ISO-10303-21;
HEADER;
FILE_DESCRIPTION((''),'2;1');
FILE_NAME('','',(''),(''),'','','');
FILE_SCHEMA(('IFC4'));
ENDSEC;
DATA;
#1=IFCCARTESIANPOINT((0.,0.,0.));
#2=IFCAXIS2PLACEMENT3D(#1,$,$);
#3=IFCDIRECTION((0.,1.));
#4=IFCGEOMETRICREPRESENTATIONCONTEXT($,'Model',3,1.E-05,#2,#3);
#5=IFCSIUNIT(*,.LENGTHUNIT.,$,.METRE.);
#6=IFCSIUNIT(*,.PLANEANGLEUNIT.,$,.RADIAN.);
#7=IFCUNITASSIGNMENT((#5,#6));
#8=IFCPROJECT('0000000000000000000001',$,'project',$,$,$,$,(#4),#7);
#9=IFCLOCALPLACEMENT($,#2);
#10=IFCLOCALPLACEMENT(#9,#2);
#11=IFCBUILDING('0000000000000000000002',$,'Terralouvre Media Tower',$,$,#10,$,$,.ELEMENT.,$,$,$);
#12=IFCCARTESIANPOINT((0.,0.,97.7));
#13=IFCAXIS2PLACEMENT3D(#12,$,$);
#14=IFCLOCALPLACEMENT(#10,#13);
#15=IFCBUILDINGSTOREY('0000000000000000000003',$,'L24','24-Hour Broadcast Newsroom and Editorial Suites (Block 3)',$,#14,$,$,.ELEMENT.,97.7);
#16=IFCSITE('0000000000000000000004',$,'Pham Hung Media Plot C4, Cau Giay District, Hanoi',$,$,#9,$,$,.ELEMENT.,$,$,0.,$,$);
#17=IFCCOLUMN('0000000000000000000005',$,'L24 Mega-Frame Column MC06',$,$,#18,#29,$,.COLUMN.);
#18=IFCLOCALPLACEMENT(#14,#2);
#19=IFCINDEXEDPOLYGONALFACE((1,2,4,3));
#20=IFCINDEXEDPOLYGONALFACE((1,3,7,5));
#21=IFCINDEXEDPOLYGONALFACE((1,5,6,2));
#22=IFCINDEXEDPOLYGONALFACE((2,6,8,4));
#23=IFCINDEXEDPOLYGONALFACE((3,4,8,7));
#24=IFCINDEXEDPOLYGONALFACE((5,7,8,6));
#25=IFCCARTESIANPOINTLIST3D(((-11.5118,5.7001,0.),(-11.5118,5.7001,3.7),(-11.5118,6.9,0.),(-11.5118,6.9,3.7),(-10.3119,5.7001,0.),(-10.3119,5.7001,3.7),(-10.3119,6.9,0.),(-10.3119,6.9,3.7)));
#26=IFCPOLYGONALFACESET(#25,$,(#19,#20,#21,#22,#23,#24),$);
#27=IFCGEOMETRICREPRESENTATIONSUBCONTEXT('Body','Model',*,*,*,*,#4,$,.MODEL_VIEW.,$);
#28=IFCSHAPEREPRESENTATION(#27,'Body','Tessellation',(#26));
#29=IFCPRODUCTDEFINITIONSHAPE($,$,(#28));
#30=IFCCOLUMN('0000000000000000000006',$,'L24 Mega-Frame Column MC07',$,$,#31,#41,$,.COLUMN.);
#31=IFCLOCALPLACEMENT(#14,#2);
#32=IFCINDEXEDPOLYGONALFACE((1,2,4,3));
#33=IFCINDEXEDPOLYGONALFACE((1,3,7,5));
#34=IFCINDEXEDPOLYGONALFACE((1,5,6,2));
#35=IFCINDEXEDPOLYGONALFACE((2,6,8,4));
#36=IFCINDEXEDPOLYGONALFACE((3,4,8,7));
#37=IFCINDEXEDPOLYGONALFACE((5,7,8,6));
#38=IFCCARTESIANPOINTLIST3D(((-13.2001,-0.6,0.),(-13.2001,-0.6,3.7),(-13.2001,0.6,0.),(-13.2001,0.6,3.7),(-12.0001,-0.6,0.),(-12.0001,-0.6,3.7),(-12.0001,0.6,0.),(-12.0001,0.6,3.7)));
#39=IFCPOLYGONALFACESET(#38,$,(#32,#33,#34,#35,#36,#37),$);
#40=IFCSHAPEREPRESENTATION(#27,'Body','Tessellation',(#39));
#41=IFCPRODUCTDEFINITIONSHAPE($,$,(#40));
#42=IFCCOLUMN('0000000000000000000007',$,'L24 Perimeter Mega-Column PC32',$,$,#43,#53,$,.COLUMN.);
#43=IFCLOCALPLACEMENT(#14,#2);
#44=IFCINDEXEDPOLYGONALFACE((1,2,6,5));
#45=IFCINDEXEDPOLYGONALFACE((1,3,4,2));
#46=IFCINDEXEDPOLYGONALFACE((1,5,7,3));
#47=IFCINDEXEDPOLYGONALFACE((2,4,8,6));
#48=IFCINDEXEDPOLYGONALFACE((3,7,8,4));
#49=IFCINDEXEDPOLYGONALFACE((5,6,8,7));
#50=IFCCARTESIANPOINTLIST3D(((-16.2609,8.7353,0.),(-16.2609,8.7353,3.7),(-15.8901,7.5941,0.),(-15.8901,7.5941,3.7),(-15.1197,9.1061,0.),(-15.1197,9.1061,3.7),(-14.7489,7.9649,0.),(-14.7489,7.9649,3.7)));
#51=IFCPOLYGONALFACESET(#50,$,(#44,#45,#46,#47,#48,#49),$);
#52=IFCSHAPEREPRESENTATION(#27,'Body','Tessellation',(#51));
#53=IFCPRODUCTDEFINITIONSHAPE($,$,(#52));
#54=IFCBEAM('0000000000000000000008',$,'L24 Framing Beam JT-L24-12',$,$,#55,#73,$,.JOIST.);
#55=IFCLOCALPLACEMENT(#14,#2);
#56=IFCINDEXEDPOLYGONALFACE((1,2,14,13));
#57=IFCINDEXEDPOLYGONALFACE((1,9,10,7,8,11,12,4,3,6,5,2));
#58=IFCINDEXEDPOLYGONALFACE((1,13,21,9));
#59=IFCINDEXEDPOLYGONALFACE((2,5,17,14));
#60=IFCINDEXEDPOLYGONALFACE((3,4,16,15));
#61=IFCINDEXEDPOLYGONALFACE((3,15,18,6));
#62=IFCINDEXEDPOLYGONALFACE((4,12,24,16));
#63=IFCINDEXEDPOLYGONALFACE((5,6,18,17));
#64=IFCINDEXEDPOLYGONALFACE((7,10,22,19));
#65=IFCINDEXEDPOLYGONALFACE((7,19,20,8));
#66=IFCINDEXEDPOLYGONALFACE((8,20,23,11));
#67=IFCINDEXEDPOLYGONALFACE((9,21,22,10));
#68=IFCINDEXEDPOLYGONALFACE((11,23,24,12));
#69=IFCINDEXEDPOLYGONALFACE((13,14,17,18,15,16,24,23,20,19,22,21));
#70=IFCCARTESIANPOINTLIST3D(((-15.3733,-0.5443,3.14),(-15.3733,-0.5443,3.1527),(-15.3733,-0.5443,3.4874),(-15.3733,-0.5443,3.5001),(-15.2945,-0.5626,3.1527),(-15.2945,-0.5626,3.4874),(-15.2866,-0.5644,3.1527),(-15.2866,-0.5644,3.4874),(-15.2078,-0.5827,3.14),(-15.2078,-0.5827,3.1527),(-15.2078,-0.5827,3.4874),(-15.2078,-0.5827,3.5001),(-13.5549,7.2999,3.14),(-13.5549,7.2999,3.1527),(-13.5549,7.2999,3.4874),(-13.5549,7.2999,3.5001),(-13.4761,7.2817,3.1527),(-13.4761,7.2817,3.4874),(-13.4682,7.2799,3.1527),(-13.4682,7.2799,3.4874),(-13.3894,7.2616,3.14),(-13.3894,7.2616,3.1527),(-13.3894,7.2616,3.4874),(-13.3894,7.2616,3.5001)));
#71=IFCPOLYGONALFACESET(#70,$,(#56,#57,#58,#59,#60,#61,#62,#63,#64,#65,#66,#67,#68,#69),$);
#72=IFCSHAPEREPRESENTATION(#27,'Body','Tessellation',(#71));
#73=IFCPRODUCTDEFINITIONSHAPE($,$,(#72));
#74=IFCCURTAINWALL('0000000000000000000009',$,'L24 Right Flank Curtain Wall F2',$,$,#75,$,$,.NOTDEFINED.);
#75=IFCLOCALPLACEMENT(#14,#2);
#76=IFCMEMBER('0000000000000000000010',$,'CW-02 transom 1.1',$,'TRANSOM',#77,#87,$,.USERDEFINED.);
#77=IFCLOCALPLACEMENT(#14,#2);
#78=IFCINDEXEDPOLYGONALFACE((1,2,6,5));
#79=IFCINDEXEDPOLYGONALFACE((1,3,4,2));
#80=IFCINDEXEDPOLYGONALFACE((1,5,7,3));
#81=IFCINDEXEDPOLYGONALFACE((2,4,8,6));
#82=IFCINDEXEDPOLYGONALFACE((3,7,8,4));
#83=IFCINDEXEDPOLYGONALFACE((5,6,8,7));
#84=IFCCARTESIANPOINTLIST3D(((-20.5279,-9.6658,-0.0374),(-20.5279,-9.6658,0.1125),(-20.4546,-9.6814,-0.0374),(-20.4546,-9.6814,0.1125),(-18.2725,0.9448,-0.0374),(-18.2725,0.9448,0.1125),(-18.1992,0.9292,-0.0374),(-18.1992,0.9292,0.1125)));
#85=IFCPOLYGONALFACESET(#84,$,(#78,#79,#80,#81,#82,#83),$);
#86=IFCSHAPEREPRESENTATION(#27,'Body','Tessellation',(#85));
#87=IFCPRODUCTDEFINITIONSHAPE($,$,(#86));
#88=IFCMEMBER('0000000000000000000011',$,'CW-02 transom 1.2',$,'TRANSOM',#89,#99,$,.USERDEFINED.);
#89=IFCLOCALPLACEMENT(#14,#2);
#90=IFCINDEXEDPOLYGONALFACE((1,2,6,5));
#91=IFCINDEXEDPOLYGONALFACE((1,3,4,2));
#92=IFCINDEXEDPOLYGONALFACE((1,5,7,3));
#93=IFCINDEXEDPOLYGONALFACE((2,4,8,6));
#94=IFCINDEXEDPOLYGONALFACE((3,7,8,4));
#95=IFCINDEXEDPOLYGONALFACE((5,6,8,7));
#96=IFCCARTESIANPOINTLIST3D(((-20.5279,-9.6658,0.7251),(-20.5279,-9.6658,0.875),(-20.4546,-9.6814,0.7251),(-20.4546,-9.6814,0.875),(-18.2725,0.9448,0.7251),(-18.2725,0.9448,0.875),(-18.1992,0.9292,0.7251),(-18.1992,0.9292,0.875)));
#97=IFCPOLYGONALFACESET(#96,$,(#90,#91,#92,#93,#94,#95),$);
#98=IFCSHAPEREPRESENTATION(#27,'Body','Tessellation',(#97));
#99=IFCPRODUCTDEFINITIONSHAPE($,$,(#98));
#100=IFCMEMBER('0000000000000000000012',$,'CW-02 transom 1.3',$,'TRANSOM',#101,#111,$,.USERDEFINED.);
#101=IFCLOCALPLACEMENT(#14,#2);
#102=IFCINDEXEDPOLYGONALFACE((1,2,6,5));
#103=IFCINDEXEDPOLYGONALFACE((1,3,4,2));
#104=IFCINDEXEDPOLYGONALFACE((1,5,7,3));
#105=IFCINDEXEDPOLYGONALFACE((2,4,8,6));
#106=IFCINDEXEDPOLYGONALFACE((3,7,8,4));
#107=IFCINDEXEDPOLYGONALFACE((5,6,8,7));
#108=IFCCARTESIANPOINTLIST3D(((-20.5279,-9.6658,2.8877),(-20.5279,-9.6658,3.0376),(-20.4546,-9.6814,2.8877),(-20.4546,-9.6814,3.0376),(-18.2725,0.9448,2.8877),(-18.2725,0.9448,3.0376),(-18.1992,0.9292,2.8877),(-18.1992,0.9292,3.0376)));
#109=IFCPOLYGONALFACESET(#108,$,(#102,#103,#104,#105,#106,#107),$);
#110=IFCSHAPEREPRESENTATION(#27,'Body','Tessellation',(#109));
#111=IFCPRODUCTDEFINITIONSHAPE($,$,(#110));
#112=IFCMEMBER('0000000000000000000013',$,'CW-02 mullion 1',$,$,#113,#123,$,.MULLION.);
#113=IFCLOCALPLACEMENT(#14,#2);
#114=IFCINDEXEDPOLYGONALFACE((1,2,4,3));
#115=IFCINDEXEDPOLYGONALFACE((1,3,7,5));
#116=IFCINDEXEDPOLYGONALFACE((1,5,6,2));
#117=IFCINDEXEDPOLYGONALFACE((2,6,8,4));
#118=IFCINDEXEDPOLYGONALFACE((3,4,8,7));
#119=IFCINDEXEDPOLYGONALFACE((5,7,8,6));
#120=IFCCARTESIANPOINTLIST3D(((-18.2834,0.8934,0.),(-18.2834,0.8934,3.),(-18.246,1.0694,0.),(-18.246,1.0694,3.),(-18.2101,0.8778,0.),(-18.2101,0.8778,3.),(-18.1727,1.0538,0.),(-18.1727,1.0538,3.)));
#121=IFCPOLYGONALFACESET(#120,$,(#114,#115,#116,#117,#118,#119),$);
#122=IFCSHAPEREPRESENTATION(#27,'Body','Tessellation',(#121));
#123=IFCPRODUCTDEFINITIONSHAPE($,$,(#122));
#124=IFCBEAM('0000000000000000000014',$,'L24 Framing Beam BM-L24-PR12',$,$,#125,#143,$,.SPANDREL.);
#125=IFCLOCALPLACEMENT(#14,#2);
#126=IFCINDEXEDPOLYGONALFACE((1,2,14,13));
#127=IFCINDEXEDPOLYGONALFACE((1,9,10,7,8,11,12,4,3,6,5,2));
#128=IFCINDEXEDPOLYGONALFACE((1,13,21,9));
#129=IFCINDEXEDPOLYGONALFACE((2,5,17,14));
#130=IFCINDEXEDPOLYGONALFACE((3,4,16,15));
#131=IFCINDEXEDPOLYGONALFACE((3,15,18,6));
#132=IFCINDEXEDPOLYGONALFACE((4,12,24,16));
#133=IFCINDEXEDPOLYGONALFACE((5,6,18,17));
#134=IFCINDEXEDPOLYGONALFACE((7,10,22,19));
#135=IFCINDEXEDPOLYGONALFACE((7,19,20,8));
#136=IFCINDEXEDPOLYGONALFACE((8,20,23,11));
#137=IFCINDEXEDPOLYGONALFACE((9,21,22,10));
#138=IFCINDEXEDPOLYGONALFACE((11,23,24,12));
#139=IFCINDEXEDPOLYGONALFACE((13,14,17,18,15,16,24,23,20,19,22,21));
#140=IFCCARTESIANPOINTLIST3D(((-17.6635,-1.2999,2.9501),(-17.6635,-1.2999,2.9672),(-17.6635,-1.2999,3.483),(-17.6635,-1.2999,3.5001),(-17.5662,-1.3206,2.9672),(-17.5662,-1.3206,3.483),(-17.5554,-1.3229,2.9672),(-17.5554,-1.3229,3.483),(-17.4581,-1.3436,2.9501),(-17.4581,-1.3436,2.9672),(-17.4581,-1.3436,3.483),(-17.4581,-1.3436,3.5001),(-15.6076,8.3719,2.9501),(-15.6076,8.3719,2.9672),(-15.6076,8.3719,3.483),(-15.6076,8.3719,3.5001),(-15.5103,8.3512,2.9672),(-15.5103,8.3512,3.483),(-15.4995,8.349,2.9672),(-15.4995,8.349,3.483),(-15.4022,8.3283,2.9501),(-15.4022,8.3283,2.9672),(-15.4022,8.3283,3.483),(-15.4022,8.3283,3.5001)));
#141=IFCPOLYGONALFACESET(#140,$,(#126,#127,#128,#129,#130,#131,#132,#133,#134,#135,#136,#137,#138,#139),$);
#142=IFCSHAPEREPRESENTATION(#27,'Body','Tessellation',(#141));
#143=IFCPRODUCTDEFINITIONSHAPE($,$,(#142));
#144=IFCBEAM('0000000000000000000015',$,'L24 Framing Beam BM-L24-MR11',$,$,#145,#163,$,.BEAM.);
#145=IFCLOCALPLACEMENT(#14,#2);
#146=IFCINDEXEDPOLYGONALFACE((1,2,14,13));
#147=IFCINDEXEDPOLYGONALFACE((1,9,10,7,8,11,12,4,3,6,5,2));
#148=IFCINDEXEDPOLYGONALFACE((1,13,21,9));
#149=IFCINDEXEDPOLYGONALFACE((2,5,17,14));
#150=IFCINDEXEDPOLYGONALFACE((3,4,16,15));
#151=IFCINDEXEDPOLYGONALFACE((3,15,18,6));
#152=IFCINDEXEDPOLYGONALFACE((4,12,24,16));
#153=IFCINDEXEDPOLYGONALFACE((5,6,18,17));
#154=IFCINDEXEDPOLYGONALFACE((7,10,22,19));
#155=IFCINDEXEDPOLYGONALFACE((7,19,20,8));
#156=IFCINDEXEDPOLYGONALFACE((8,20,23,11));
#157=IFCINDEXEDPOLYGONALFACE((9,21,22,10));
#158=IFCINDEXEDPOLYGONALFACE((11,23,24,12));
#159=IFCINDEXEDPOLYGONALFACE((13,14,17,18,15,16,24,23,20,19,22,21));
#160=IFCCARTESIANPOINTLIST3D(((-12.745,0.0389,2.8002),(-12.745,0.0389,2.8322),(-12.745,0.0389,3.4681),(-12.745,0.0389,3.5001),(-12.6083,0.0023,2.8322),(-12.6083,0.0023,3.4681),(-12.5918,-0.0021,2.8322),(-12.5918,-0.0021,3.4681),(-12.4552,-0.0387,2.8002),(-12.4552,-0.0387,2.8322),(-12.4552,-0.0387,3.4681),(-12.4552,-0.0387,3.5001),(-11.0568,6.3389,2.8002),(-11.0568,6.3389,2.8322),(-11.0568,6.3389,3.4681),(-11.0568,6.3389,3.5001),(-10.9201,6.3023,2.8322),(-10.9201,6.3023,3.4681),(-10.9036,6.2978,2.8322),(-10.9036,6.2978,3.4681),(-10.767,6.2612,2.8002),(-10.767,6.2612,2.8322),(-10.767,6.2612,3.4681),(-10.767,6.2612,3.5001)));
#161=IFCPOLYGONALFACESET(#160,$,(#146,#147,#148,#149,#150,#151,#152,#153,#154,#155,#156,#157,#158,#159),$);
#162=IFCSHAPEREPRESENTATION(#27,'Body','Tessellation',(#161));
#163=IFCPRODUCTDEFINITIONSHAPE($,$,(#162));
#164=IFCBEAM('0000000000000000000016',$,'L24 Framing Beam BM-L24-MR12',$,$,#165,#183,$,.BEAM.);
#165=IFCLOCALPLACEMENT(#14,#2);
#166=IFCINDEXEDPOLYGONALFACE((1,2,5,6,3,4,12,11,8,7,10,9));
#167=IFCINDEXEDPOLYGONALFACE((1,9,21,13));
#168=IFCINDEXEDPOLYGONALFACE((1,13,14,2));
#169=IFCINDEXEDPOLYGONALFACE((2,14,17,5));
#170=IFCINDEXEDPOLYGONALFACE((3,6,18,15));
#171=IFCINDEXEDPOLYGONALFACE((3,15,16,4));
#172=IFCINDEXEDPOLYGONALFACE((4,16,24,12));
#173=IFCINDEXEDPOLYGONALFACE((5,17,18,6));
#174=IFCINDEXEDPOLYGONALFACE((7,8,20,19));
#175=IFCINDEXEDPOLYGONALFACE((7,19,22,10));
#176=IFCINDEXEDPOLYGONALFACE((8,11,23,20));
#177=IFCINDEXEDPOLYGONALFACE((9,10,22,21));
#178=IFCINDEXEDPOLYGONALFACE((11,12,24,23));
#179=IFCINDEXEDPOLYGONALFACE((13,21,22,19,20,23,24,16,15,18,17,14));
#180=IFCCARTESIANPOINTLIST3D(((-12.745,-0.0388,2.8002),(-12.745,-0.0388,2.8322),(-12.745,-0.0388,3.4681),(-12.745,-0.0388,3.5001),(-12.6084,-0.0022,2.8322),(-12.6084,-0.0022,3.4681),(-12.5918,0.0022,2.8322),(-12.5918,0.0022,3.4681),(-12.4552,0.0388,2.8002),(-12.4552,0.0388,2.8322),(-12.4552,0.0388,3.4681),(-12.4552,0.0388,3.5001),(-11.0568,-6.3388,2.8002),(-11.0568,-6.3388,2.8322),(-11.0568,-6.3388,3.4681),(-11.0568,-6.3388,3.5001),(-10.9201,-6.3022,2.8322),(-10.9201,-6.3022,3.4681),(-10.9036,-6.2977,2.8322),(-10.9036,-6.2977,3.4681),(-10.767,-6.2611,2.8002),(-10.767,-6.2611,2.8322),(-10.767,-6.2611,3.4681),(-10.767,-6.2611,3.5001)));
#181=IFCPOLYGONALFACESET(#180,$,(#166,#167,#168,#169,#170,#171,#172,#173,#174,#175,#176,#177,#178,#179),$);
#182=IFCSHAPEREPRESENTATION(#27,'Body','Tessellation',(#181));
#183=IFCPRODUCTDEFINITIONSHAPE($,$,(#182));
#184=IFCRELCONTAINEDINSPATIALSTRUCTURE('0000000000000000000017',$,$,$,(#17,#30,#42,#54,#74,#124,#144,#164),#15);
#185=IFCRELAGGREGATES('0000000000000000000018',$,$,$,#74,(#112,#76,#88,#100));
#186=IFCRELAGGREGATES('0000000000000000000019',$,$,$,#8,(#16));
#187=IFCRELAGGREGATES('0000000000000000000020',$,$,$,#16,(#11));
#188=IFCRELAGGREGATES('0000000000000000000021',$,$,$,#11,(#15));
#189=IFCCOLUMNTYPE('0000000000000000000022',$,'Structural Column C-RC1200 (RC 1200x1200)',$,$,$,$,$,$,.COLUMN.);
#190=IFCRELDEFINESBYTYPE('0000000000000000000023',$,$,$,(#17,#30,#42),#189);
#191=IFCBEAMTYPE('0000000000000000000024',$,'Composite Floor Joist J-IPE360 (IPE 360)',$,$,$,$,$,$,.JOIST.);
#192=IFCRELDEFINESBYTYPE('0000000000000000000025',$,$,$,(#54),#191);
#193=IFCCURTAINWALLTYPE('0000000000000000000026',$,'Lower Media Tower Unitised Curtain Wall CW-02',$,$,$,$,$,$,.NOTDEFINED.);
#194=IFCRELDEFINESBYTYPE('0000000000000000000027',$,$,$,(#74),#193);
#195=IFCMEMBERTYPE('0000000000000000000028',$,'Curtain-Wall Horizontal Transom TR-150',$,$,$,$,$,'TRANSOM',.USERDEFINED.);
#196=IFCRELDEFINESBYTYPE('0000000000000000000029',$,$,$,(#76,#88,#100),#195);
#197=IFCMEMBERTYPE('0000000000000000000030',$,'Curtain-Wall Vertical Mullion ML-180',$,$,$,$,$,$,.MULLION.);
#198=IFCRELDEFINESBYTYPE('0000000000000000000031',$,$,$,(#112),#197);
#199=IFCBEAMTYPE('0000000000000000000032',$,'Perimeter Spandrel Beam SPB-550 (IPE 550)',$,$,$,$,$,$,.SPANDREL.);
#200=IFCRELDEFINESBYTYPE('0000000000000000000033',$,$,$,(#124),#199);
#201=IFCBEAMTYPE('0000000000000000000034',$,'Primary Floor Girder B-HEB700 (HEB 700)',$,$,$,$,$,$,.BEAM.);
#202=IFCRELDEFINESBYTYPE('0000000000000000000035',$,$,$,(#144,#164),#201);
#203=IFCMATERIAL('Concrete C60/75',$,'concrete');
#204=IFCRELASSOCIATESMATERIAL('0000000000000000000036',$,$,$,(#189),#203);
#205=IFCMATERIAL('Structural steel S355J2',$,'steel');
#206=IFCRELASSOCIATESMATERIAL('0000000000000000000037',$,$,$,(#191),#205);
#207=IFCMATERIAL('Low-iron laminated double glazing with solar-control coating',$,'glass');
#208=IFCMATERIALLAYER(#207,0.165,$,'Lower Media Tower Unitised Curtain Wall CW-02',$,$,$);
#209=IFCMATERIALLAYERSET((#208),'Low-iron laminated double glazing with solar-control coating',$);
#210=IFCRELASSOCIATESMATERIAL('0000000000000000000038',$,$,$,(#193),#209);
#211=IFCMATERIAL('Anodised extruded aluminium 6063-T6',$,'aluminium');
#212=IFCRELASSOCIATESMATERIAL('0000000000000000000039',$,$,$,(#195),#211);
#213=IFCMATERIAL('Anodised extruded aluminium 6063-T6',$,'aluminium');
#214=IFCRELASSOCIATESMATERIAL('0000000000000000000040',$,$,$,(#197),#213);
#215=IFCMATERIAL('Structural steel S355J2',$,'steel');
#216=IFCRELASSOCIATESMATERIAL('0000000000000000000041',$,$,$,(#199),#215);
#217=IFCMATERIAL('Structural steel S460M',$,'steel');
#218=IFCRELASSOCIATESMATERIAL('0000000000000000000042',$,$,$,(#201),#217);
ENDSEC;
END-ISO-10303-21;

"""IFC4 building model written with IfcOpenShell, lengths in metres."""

from ifc_helpers import new_model, si_unit, direction, frame, origin, origin_2d, place, context, subcontext, project, spatial, rectangle, i_section, extrude, material, layer, layer_set, material_profile, profile_set, type_object, element, aggregate, save


model = new_model("IFC4")

# Units and contexts
model_context = context("Model", 3, precision=1e-05, world=origin(), true_north=direction((0.0, 1.0)))
body_context = subcontext(model_context, "Body", "Model", "MODEL_VIEW")
ifc_project = project(units=[si_unit("LENGTHUNIT", "METRE"), si_unit("PLANEANGLEUNIT", "RADIAN")], contexts=[model_context])

# Site, building, storey
site_placement = place(None, origin())
site = spatial("IfcSite", under=ifc_project, at=site_placement, Name="Pham Hung Media Plot C4, Cau Giay District, Hanoi", CompositionType="ELEMENT", RefElevation=0.0)
building_placement = place(site_placement, origin())
building = spatial("IfcBuilding", under=site, at=building_placement, Name="Terralouvre Media Tower", CompositionType="ELEMENT")
storey_placement = place(building_placement, frame((0.0, 0.0, 97.7)))
storey = spatial("IfcBuildingStorey", under=building, at=storey_placement, Name="L24", Description="24-Hour Broadcast Newsroom and Editorial Suites (Block 3)", CompositionType="ELEMENT", Elevation=97.7)

# Columns
ifc_material_1 = material(Name="Concrete C60/75", Category="concrete")
ifc_material_profile_1 = material_profile(ifc_material_1, rectangle(XDim=1.2, YDim=1.2, at=origin_2d()), Name="RC 1200x1200")
ifc_profile_set_1 = profile_set([ifc_material_profile_1], Name="Concrete C60/75")
column_type = type_object("IfcColumnType", Name="Structural Column C-RC1200 (RC 1200x1200)", PredefinedType="COLUMN", material=ifc_profile_set_1)
for number, where, z_axis, x_axis, name in (
    (1, (-10.9119, 6.3, 0.0), (0.0, 0.0, 1.0), (1.0, 0.0, 0.0), "L24 Mega-Frame Column MC06"),
    (2, (-12.6001, 0.0, 0.0), (0.0, 0.0, 1.0), (1.0, 0.0, 0.0), "L24 Mega-Frame Column MC07"),
    (3, (-15.5049, 8.3501, 0.0), (0.0, 0.0, 1.0), (0.951057, 0.309017, 0.0), "L24 Perimeter Mega-Column PC32"),
):
    element("IfcColumn", number, at=place(storey_placement, frame(where, z_axis=z_axis, x_axis=x_axis)), inside=storey, type_object=column_type, Name=name, PredefinedType="COLUMN", context=body_context, shape_type="SweptSolid", body=[
        extrude(rectangle(XDim=1.2, YDim=1.2, at=origin_2d()), origin(), (0.0, 0.0, 1.0), 3.7),
    ])

# Beam
ifc_material_2 = material(Name="Structural steel S355J2", Category="steel")
ifc_material_profile_2 = material_profile(ifc_material_2, i_section(OverallWidth=0.1699, OverallDepth=0.3601, WebThickness=0.0081, FlangeThickness=0.0127, at=origin_2d()), Name="IPE 360")
ifc_profile_set_2 = profile_set([ifc_material_profile_2], Name="Structural steel S355J2")
beam_type_1 = type_object("IfcBeamType", Name="Composite Floor Joist J-IPE360 (IPE 360)", PredefinedType="JOIST", material=ifc_profile_set_2)
beam_1_placement = place(storey_placement, frame((-13.4722, 7.2808, 3.3201), z_axis=(-0.22582, -0.974169, 0.0), x_axis=(0.974169, -0.22582, 0.0)))
element("IfcBeam", 4, at=beam_1_placement, inside=storey, type_object=beam_type_1, Name="L24 Framing Beam JT-L24-12", PredefinedType="JOIST", context=body_context, shape_type="SweptSolid", body=[
    extrude(i_section(OverallWidth=0.1699, OverallDepth=0.3601, WebThickness=0.0081, FlangeThickness=0.0127, at=origin_2d()), origin(), (0.0, 0.0, 1.0), 8.0522),
])

# Curtain wall, members
ifc_material_3 = material(Name="Low-iron laminated double glazing with solar-control coating", Category="glass")
ifc_layer_1 = layer(ifc_material_3, 0.165, Name="Lower Media Tower Unitised Curtain Wall CW-02")
ifc_layer_set_1 = layer_set([ifc_layer_1], Name="Low-iron laminated double glazing with solar-control coating")
curtain_wall_type = type_object("IfcCurtainWallType", Name="Lower Media Tower Unitised Curtain Wall CW-02", PredefinedType="NOTDEFINED", material=ifc_layer_set_1)
curtain_wall_placement = place(storey_placement, origin())
curtain_wall = element("IfcCurtainWall", 5, at=curtain_wall_placement, inside=storey, type_object=curtain_wall_type, Name="L24 Right Flank Curtain Wall F2", PredefinedType="NOTDEFINED")
ifc_material_4 = material(Name="Anodised extruded aluminium 6063-T6", Category="aluminium")
ifc_material_profile_3 = material_profile(ifc_material_4, rectangle(XDim=0.075, YDim=0.1499, at=origin_2d()), Name="ALU 75x150")
ifc_profile_set_3 = profile_set([ifc_material_profile_3], Name="Anodised extruded aluminium 6063-T6")
member_type_1 = type_object("IfcMemberType", Name="Curtain-Wall Horizontal Transom TR-150", ElementType="TRANSOM", PredefinedType="USERDEFINED", material=ifc_profile_set_3)
member_1_placement = place(storey_placement, frame((-18.2358, 0.937, 0.0376), z_axis=(-0.207913, -0.978147, 0.0), x_axis=(0.978147, -0.207913, 0.0)))
member_1 = element("IfcMember", 6, at=member_1_placement, type_object=member_type_1, Name="CW-02 transom 1.1", ObjectType="TRANSOM", PredefinedType="USERDEFINED", context=body_context, shape_type="SweptSolid", body=[
    extrude(rectangle(XDim=0.075, YDim=0.1499, at=origin_2d()), origin(), (0.0, 0.0, 1.0), 10.8477),
])
member_2_placement = place(storey_placement, frame((-18.2358, 0.937, 0.8), z_axis=(-0.207913, -0.978147, 0.0), x_axis=(0.978147, -0.207913, 0.0)))
member_2 = element("IfcMember", 7, at=member_2_placement, type_object=member_type_1, Name="CW-02 transom 1.2", ObjectType="TRANSOM", PredefinedType="USERDEFINED", context=body_context, shape_type="SweptSolid", body=[
    extrude(rectangle(XDim=0.075, YDim=0.1499, at=origin_2d()), origin(), (0.0, 0.0, 1.0), 10.8477),
])
member_3_placement = place(storey_placement, frame((-18.2358, 0.937, 2.9626), z_axis=(-0.207913, -0.978147, 0.0), x_axis=(0.978147, -0.207913, 0.0)))
member_3 = element("IfcMember", 8, at=member_3_placement, type_object=member_type_1, Name="CW-02 transom 1.3", ObjectType="TRANSOM", PredefinedType="USERDEFINED", context=body_context, shape_type="SweptSolid", body=[
    extrude(rectangle(XDim=0.075, YDim=0.1499, at=origin_2d()), origin(), (0.0, 0.0, 1.0), 10.8477),
])
ifc_material_5 = material(Name="Anodised extruded aluminium 6063-T6", Category="aluminium")
ifc_material_profile_4 = material_profile(ifc_material_5, rectangle(XDim=0.075, YDim=0.1799, at=origin_2d()), Name="ALU 75x180")
ifc_profile_set_4 = profile_set([ifc_material_profile_4], Name="Anodised extruded aluminium 6063-T6")
member_type_2 = type_object("IfcMemberType", Name="Curtain-Wall Vertical Mullion ML-180", PredefinedType="MULLION", material=ifc_profile_set_4)
member_4_placement = place(storey_placement, frame((-18.228, 0.9736, 0.0), z_axis=(0.0, 0.0, 1.0), x_axis=(0.978148, -0.207911, 0.0)))
member_4 = element("IfcMember", 9, at=member_4_placement, type_object=member_type_2, Name="CW-02 mullion 1", PredefinedType="MULLION", context=body_context, shape_type="SweptSolid", body=[
    extrude(rectangle(XDim=0.075, YDim=0.1799, at=origin_2d()), origin(), (0.0, 0.0, 1.0), 3.0),
])
aggregate(curtain_wall, [member_4, member_1, member_2, member_3])

# Beams
ifc_material_6 = material(Name="Structural steel S355J2", Category="steel")
ifc_material_profile_5 = material_profile(ifc_material_6, i_section(OverallWidth=0.21, OverallDepth=0.55, WebThickness=0.011, FlangeThickness=0.0171, at=origin_2d()), Name="IPE 550")
ifc_profile_set_5 = profile_set([ifc_material_profile_5], Name="Structural steel S355J2")
beam_type_2 = type_object("IfcBeamType", Name="Perimeter Spandrel Beam SPB-550 (IPE 550)", PredefinedType="SPANDREL", material=ifc_profile_set_5)
beam_2_placement = place(storey_placement, frame((-15.5049, 8.3501, 3.2251), z_axis=(-0.20792, -0.978146, 0.0), x_axis=(0.978146, -0.20792, 0.0)))
element("IfcBeam", 10, at=beam_2_placement, inside=storey, type_object=beam_type_2, Name="L24 Framing Beam BM-L24-PR12", PredefinedType="SPANDREL", context=body_context, shape_type="SweptSolid", body=[
    extrude(i_section(OverallWidth=0.21, OverallDepth=0.55, WebThickness=0.011, FlangeThickness=0.0171, at=origin_2d()), origin(), (0.0, 0.0, 1.0), 9.8879),
])
ifc_material_7 = material(Name="Structural steel S460M", Category="steel")
ifc_material_profile_6 = material_profile(ifc_material_7, i_section(OverallWidth=0.3, OverallDepth=0.7, WebThickness=0.0171, FlangeThickness=0.032, at=origin_2d()), Name="HEB 700")
ifc_profile_set_6 = profile_set([ifc_material_profile_6], Name="Structural steel S460M")
beam_type_3 = type_object("IfcBeamType", Name="Primary Floor Girder B-HEB700 (HEB 700)", PredefinedType="BEAM", material=ifc_profile_set_6)
for number, where, z_axis, x_axis, name in (
    (11, (-10.9119, 6.3, 3.1501), (-0.258839, -0.96592, 0.0), (0.96592, -0.258839, 0.0), "L24 Framing Beam BM-L24-MR11"),
    (12, (-12.6001, 0.0, 3.1501), (0.258839, -0.96592, 0.0), (0.96592, 0.258839, 0.0), "L24 Framing Beam BM-L24-MR12"),
):
    element("IfcBeam", number, at=place(storey_placement, frame(where, z_axis=z_axis, x_axis=x_axis)), inside=storey, type_object=beam_type_3, Name=name, PredefinedType="BEAM", context=body_context, shape_type="SweptSolid", body=[
        extrude(i_section(OverallWidth=0.3, OverallDepth=0.7, WebThickness=0.0171, FlangeThickness=0.032, at=origin_2d()), origin(), (0.0, 0.0, 1.0), 6.5222),
    ])

save(model, "model.ifc")
